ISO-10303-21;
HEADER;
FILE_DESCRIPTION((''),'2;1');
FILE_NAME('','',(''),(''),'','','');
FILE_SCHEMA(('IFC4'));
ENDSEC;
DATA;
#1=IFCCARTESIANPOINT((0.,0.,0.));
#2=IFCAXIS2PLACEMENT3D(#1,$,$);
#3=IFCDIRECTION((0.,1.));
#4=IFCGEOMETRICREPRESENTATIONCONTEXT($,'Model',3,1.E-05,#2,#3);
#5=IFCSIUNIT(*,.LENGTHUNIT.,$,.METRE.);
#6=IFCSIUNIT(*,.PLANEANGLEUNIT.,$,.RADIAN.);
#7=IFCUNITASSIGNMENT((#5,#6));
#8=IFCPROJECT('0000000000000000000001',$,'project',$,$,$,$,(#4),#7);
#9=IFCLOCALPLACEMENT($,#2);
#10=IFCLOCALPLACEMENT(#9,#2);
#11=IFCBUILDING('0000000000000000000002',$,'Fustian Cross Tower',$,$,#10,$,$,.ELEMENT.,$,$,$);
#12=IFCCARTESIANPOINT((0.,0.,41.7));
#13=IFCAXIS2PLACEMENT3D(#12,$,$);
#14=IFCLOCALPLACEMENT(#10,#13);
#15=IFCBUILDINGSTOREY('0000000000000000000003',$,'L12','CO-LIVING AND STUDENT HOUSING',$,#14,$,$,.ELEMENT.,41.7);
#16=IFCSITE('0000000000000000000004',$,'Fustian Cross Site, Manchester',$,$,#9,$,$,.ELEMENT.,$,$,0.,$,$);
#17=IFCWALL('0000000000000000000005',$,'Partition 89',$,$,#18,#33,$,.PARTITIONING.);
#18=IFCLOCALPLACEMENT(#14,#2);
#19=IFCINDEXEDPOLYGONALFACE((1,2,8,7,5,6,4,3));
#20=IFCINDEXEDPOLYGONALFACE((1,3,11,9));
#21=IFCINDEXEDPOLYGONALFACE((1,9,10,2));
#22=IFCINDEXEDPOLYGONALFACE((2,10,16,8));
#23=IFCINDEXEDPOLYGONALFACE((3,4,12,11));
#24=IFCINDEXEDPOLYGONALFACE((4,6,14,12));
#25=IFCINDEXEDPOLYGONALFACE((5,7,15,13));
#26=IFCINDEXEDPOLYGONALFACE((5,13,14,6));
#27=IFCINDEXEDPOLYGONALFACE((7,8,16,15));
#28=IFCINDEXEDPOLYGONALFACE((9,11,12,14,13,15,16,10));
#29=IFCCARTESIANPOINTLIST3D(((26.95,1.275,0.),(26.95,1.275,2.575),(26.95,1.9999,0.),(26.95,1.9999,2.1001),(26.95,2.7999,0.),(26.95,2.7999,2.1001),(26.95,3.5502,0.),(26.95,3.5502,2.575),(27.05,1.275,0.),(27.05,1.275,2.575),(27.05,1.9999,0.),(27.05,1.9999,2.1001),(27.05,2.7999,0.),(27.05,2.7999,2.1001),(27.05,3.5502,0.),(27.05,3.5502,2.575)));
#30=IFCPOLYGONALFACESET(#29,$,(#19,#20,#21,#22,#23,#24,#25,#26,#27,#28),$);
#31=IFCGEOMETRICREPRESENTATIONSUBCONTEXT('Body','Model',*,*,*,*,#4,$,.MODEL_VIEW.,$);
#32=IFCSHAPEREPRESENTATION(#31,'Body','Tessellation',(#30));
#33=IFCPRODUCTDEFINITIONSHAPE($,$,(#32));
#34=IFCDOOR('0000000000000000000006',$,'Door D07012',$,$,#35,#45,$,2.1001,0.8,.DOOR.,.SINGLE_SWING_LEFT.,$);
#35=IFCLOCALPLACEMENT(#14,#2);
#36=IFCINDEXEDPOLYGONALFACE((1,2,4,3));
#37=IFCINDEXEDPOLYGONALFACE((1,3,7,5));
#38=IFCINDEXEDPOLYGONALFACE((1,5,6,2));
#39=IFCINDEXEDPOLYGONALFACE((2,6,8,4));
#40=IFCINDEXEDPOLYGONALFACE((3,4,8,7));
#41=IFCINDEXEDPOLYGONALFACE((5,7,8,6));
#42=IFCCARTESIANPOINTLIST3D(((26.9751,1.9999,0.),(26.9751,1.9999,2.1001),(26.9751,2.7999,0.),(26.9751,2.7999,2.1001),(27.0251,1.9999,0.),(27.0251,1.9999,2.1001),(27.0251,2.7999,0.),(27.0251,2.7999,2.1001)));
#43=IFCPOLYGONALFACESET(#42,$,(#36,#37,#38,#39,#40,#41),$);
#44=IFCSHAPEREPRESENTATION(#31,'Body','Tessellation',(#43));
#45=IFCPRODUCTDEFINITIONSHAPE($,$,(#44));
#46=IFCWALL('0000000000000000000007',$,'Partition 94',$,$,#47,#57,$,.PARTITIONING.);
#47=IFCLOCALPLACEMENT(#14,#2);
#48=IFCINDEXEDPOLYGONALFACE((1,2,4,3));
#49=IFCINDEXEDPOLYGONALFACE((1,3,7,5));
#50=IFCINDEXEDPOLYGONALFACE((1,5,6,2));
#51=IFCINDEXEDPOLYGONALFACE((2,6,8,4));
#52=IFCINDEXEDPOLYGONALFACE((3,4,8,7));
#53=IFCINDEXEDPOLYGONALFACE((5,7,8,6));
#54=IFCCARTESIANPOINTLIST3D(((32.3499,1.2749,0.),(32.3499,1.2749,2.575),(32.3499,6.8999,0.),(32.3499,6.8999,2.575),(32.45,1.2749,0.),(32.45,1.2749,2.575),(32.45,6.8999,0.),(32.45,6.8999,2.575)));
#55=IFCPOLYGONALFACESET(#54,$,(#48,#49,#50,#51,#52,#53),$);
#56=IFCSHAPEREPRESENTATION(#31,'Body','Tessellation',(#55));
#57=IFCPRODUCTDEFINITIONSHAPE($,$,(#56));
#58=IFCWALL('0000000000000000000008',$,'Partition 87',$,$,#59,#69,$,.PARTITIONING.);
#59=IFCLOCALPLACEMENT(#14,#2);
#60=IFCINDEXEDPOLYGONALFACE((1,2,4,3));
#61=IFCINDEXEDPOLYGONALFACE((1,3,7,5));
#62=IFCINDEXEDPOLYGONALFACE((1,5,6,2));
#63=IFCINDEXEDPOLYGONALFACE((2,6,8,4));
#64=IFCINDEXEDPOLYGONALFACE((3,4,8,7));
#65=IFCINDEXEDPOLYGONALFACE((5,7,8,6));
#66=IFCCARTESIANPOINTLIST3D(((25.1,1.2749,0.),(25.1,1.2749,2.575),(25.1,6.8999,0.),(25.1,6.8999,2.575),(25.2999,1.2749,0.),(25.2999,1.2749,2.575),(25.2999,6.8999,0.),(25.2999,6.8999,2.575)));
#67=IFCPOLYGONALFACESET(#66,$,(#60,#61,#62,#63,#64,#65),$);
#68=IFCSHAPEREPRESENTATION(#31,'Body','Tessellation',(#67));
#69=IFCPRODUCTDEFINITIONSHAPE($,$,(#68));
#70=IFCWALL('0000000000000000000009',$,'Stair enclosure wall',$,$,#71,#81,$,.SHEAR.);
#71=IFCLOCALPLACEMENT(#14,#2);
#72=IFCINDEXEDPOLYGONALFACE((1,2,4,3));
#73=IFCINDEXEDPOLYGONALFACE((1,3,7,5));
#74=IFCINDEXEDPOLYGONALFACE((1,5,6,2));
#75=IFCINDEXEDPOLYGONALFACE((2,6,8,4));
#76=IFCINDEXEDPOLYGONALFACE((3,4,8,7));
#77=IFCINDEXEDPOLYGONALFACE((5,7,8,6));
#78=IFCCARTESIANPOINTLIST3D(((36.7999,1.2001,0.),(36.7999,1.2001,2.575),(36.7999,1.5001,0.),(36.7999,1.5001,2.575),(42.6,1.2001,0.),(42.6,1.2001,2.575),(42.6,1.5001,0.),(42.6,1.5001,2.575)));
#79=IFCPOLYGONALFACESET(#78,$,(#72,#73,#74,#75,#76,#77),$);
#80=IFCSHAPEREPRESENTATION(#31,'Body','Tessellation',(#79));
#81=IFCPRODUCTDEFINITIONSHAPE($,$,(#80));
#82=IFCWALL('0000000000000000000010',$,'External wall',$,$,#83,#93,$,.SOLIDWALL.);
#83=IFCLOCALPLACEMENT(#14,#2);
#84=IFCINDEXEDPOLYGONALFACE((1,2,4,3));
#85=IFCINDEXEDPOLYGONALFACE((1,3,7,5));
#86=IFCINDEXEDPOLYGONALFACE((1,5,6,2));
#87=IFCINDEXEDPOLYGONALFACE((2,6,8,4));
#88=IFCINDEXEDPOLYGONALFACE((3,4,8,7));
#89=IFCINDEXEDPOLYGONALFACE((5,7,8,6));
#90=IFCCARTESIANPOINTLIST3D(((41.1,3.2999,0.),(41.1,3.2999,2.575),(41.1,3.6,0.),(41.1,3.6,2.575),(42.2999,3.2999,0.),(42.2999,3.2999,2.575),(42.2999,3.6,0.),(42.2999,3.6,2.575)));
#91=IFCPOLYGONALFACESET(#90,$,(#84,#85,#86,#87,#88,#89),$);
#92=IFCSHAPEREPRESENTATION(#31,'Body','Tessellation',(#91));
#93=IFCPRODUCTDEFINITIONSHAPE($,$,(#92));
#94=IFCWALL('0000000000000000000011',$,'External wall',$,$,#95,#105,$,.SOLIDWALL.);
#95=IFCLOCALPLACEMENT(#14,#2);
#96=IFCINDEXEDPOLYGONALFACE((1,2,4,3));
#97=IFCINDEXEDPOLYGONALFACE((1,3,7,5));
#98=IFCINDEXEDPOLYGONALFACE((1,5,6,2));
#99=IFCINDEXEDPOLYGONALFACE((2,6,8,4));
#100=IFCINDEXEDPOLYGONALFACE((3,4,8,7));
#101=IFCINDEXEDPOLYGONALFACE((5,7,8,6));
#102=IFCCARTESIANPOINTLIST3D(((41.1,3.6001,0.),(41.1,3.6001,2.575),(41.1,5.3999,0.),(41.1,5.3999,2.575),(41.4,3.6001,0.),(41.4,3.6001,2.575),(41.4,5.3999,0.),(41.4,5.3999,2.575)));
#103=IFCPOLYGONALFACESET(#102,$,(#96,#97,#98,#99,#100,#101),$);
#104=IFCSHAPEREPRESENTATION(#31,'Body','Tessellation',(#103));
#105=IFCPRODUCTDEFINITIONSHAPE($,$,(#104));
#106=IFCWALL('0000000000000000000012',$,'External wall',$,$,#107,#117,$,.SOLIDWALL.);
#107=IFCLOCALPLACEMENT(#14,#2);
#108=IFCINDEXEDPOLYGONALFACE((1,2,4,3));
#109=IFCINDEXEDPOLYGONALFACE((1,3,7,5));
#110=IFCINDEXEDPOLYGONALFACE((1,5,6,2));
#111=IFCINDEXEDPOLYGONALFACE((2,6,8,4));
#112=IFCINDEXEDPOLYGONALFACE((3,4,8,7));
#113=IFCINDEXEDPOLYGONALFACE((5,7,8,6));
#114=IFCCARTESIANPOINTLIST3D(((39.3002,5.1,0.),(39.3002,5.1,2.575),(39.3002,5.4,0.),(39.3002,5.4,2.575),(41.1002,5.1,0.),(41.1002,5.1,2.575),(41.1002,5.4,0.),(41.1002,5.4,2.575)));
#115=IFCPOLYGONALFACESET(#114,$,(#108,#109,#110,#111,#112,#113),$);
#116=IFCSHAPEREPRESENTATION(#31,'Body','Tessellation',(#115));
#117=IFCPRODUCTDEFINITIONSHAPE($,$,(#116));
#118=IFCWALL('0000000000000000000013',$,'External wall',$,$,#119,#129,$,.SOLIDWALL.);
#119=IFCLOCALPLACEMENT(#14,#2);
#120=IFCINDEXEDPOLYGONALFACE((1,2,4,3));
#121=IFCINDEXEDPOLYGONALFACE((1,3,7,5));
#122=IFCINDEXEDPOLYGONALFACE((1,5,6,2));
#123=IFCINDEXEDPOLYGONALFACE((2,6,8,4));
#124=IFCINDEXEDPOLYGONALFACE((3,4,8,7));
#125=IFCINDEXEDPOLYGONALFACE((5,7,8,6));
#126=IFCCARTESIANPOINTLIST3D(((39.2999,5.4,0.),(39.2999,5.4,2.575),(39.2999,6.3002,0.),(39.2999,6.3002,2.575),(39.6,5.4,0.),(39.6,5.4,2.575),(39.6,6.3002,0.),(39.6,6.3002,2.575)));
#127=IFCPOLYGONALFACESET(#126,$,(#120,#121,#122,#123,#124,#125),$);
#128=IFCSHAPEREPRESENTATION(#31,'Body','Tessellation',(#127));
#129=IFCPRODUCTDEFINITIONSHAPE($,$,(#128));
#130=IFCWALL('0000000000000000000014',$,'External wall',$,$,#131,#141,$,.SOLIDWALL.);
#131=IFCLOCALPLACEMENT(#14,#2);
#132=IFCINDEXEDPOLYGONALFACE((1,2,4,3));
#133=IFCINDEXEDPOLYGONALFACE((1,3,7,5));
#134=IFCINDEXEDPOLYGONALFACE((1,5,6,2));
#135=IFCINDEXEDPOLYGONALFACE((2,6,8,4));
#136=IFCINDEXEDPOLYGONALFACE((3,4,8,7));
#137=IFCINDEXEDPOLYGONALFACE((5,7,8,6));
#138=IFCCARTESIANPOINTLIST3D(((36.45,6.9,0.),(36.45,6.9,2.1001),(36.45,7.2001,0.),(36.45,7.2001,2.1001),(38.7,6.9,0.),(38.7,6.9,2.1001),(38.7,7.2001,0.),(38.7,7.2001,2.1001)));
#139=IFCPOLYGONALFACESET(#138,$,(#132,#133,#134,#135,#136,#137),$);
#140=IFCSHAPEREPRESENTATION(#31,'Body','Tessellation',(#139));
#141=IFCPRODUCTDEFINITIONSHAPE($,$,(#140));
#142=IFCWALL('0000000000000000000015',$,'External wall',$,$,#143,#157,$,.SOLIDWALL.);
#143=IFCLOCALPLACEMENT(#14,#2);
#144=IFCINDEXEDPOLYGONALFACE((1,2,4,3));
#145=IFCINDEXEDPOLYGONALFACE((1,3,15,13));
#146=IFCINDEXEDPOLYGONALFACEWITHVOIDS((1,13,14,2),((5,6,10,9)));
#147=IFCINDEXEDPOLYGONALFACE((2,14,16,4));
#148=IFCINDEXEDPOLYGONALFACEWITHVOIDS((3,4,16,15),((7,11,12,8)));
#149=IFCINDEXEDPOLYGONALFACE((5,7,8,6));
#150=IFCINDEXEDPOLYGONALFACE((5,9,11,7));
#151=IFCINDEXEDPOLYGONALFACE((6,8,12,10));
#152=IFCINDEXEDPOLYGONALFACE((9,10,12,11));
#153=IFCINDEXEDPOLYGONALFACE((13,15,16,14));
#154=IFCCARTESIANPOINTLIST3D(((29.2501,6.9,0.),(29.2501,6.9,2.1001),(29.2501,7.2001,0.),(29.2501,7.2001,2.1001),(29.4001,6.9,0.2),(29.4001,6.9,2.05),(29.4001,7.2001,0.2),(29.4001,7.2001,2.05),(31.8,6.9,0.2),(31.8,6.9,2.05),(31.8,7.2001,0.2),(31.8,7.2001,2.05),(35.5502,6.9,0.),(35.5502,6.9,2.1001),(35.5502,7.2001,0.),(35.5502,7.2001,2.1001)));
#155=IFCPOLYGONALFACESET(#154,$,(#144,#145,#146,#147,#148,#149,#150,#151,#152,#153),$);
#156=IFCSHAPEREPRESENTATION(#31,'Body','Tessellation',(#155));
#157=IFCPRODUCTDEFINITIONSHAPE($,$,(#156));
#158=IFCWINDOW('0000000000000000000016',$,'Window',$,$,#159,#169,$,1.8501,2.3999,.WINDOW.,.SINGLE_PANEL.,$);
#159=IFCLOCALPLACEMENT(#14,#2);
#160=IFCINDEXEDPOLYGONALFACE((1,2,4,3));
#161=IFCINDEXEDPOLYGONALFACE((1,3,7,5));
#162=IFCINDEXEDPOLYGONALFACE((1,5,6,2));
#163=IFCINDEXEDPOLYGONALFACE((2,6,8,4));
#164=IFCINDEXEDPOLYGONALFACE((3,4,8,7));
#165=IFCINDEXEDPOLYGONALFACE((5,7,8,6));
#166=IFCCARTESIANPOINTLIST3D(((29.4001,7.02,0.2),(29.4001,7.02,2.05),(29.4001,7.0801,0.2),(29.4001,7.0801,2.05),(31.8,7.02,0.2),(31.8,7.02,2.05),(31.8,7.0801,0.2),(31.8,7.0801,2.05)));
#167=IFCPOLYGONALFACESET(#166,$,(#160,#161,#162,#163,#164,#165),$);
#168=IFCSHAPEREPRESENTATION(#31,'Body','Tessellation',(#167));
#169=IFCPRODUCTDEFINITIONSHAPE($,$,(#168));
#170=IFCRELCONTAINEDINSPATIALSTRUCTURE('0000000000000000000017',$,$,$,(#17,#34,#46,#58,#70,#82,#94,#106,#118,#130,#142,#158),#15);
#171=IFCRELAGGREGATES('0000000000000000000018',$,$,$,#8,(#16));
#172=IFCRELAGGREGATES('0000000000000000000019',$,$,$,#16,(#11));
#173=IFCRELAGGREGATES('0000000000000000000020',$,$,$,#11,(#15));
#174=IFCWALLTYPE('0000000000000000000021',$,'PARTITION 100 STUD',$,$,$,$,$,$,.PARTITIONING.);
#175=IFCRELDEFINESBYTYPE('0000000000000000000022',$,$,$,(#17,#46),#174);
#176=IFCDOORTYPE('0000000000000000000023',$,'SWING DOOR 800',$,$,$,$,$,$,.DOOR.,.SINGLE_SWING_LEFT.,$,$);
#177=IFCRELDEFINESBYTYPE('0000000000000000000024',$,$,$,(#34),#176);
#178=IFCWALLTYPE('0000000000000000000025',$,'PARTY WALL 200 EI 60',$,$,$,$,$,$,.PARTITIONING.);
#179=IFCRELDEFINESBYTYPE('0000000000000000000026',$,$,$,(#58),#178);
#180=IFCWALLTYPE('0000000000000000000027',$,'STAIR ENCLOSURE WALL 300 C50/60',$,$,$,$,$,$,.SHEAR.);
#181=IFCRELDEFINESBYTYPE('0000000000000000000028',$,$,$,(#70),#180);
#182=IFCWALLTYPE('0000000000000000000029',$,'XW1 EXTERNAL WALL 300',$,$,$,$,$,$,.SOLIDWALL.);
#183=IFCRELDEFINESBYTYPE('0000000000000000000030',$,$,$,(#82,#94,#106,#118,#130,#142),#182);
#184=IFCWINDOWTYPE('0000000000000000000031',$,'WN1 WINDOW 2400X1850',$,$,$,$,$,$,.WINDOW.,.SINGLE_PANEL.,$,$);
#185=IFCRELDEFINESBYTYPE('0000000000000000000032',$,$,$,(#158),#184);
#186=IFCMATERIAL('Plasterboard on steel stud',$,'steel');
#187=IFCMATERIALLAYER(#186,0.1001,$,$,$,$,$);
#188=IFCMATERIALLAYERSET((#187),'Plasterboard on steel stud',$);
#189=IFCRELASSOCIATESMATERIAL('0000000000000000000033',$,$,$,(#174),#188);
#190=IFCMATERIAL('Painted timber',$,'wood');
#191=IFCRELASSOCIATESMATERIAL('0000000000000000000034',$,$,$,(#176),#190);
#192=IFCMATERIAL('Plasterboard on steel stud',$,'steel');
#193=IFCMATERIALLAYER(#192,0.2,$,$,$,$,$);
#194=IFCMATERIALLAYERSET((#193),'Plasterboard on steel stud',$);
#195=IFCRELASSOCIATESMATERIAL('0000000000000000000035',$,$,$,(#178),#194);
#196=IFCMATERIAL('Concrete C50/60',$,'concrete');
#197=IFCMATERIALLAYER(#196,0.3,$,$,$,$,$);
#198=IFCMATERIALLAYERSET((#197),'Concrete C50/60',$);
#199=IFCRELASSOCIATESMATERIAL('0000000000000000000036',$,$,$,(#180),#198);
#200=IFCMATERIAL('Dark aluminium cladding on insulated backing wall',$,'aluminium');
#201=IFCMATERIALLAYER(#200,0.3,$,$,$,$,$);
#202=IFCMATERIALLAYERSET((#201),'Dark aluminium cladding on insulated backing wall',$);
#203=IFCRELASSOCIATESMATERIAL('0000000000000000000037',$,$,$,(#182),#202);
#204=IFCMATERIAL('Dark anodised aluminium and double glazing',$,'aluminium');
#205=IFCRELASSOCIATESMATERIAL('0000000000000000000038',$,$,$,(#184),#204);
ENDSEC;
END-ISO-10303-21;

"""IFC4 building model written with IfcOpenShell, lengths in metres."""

from ifc_helpers import new_model, si_unit, direction, frame, frame_2d, origin, place, context, subcontext, project, spatial, rectangle, extrude, material, layer, layer_set, type_object, element, fill, save


model = new_model("IFC4")

# Units and contexts
model_context = context("Model", 3, precision=1e-05, world=origin(), true_north=direction((0.0, 1.0)))
body_context = subcontext(model_context, "Body", "Model", "MODEL_VIEW")
ifc_project = project(units=[si_unit("LENGTHUNIT", "METRE"), si_unit("PLANEANGLEUNIT", "RADIAN")], contexts=[model_context])

# Site, building, storey
site_placement = place(None, origin())
site = spatial("IfcSite", under=ifc_project, at=site_placement, Name="Fustian Cross Site, Manchester", CompositionType="ELEMENT", RefElevation=0.0)
building_placement = place(site_placement, origin())
building = spatial("IfcBuilding", under=site, at=building_placement, Name="Fustian Cross Tower", CompositionType="ELEMENT")
storey_placement = place(building_placement, frame((0.0, 0.0, 41.7)))
storey = spatial("IfcBuildingStorey", under=building, at=storey_placement, Name="L12", Description="CO-LIVING AND STUDENT HOUSING", CompositionType="ELEMENT", Elevation=41.7)

# Shared definitions
ifc_material_1 = material(Name="Plasterboard on steel stud", Category="steel")
ifc_layer_1 = layer(ifc_material_1, 0.1001)
ifc_layer_set_1 = layer_set([ifc_layer_1], Name="Plasterboard on steel stud")
wall_type_1 = type_object("IfcWallType", Name="PARTITION 100 STUD", PredefinedType="PARTITIONING", material=ifc_layer_set_1)

# Shared definitions
ifc_material_2 = material(Name="Painted timber", Category="wood")
door_type = type_object("IfcDoorType", Name="SWING DOOR 800", OperationType="SINGLE_SWING_LEFT", PredefinedType="DOOR", material=ifc_material_2)

# Wall, opening, door
wall_1_placement = place(storey_placement, frame((27.0, 1.2749, 0.0), z_axis=(0.0, 0.0, 1.0), x_axis=(0.0, 1.0, 0.0)))
wall_1 = element("IfcWall", 1, at=wall_1_placement, inside=storey, type_object=wall_type_1, Name="Partition 89", PredefinedType="PARTITIONING", context=body_context, shape_type="SweptSolid", body=[
    extrude(rectangle(XDim=2.2751, YDim=0.1001, at=frame_2d((1.1377, 0.0))), origin(), (0.0, 0.0, 1.0), 2.575),
])
opening_1_placement = place(wall_1_placement, frame((0.7251, 0.0, 0.0)))
opening_1 = element("IfcOpeningElement", 2, at=opening_1_placement, cuts=wall_1, PredefinedType="OPENING", context=body_context, shape_type="SweptSolid", body=[
    extrude(rectangle(XDim=0.8, YDim=2.1001, at=frame_2d((0.3999, 1.05))), frame((0.0, 0.0601, 0.0), z_axis=(0.0, -1.0, 0.0), x_axis=(1.0, 0.0, 0.0)), (0.0, 0.0, 1.0), 0.1201),
])
door_1_placement = place(opening_1_placement, origin())
door_1 = element("IfcDoor", 3, at=door_1_placement, inside=storey, type_object=door_type, Name="Door D07012", OperationType="SINGLE_SWING_LEFT", OverallHeight=2.1001, OverallWidth=0.8, PredefinedType="DOOR", context=body_context, shape_type="SweptSolid", body=[
    extrude(rectangle(XDim=0.8, YDim=2.1001, at=frame_2d((0.3999, 1.05))), frame((0.0, 0.0249, 0.0), z_axis=(0.0, -1.0, 0.0), x_axis=(1.0, 0.0, 0.0)), (0.0, 0.0, 1.0), 0.05),
])
fill(opening_1, door_1)

# Walls
wall_2_placement = place(storey_placement, frame((32.3999, 1.2749, 0.0), z_axis=(0.0, 0.0, 1.0), x_axis=(0.0, 1.0, 0.0)))
element("IfcWall", 4, at=wall_2_placement, inside=storey, type_object=wall_type_1, Name="Partition 94", PredefinedType="PARTITIONING", context=body_context, shape_type="SweptSolid", body=[
    extrude(rectangle(XDim=5.625, YDim=0.1001, at=frame_2d((2.8125, 0.0))), origin(), (0.0, 0.0, 1.0), 2.575),
])
ifc_material_3 = material(Name="Plasterboard on steel stud", Category="steel")
ifc_layer_2 = layer(ifc_material_3, 0.2)
ifc_layer_set_2 = layer_set([ifc_layer_2], Name="Plasterboard on steel stud")
wall_type_2 = type_object("IfcWallType", Name="PARTY WALL 200 EI 60", PredefinedType="PARTITIONING", material=ifc_layer_set_2)
wall_3_placement = place(storey_placement, frame((25.2, 1.2749, 0.0), z_axis=(0.0, 0.0, 1.0), x_axis=(0.0, 1.0, 0.0)))
element("IfcWall", 5, at=wall_3_placement, inside=storey, type_object=wall_type_2, Name="Partition 87", PredefinedType="PARTITIONING", context=body_context, shape_type="SweptSolid", body=[
    extrude(rectangle(XDim=5.625, YDim=0.2, at=frame_2d((2.8125, 0.0))), origin(), (0.0, 0.0, 1.0), 2.575),
])
ifc_material_4 = material(Name="Concrete C50/60", Category="concrete")
ifc_layer_3 = layer(ifc_material_4, 0.3)
ifc_layer_set_3 = layer_set([ifc_layer_3], Name="Concrete C50/60")
wall_type_3 = type_object("IfcWallType", Name="STAIR ENCLOSURE WALL 300 C50/60", PredefinedType="SHEAR", material=ifc_layer_set_3)
wall_4_placement = place(storey_placement, frame((36.8, 1.3501, 0.0), z_axis=(0.0, 0.0, 1.0), x_axis=(1.0, 0.0, 0.0)))
element("IfcWall", 6, at=wall_4_placement, inside=storey, type_object=wall_type_3, Name="Stair enclosure wall", PredefinedType="SHEAR", context=body_context, shape_type="SweptSolid", body=[
    extrude(rectangle(XDim=5.8, YDim=0.3, at=frame_2d((2.8999, 0.0))), origin(), (0.0, 0.0, 1.0), 2.575),
])
ifc_material_5 = material(Name="Dark aluminium cladding on insulated backing wall", Category="aluminium")
ifc_layer_4 = layer(ifc_material_5, 0.3)
ifc_layer_set_4 = layer_set([ifc_layer_4], Name="Dark aluminium cladding on insulated backing wall")
wall_type_4 = type_object("IfcWallType", Name="XW1 EXTERNAL WALL 300", PredefinedType="SOLIDWALL", material=ifc_layer_set_4)
wall_5_placement = place(storey_placement, frame((42.3, 3.45, 0.0), z_axis=(0.0, 0.0, 1.0), x_axis=(-1.0, 0.0, 0.0)))
element("IfcWall", 7, at=wall_5_placement, inside=storey, type_object=wall_type_4, Name="External wall", PredefinedType="SOLIDWALL", context=body_context, shape_type="SweptSolid", body=[
    extrude(rectangle(XDim=1.2, YDim=0.3, at=frame_2d((0.6001, 0.0))), origin(), (0.0, 0.0, 1.0), 2.575),
])
wall_6_placement = place(storey_placement, frame((41.25, 3.6001, 0.0), z_axis=(0.0, 0.0, 1.0), x_axis=(0.0, 1.0, 0.0)))
element("IfcWall", 8, at=wall_6_placement, inside=storey, type_object=wall_type_4, Name="External wall", PredefinedType="SOLIDWALL", context=body_context, shape_type="SweptSolid", body=[
    extrude(rectangle(XDim=1.7998, YDim=0.3, at=frame_2d((0.8999, 0.0))), origin(), (0.0, 0.0, 1.0), 2.575),
])
wall_7_placement = place(storey_placement, frame((41.1001, 5.25, 0.0), z_axis=(0.0, 0.0, 1.0), x_axis=(-1.0, 0.0, 0.0)))
element("IfcWall", 9, at=wall_7_placement, inside=storey, type_object=wall_type_4, Name="External wall", PredefinedType="SOLIDWALL", context=body_context, shape_type="SweptSolid", body=[
    extrude(rectangle(XDim=1.8, YDim=0.3, at=frame_2d((0.8999, 0.0))), origin(), (0.0, 0.0, 1.0), 2.575),
])
wall_8_placement = place(storey_placement, frame((39.45, 5.3999, 0.0), z_axis=(0.0, 0.0, 1.0), x_axis=(0.0, 1.0, 0.0)))
element("IfcWall", 10, at=wall_8_placement, inside=storey, type_object=wall_type_4, Name="External wall", PredefinedType="SOLIDWALL", context=body_context, shape_type="SweptSolid", body=[
    extrude(rectangle(XDim=0.9001, YDim=0.3, at=frame_2d((0.4502, 0.0))), origin(), (0.0, 0.0, 1.0), 2.575),
])
wall_9_placement = place(storey_placement, frame((38.7, 7.05, 0.0), z_axis=(0.0, 0.0, 1.0), x_axis=(-1.0, 0.0, 0.0)))
element("IfcWall", 11, at=wall_9_placement, inside=storey, type_object=wall_type_4, Name="External wall", PredefinedType="SOLIDWALL", context=body_context, shape_type="SweptSolid", body=[
    extrude(rectangle(XDim=2.25, YDim=0.3, at=frame_2d((1.125, 0.0))), origin(), (0.0, 0.0, 1.0), 2.1001),
])

# Wall, opening, window
wall_10_placement = place(storey_placement, frame((35.55, 7.05, 0.0), z_axis=(0.0, 0.0, 1.0), x_axis=(-1.0, 0.0, 0.0)))
wall_10 = element("IfcWall", 12, at=wall_10_placement, inside=storey, type_object=wall_type_4, Name="External wall", PredefinedType="SOLIDWALL", context=body_context, shape_type="SweptSolid", body=[
    extrude(rectangle(XDim=6.3, YDim=0.3, at=frame_2d((3.1499, 0.0))), origin(), (0.0, 0.0, 1.0), 2.1001),
])
opening_2_placement = place(wall_10_placement, frame((3.75, 0.0, 0.2)))
opening_2 = element("IfcOpeningElement", 13, at=opening_2_placement, cuts=wall_10, PredefinedType="OPENING", context=body_context, shape_type="SweptSolid", body=[
    extrude(rectangle(XDim=2.3999, YDim=1.8501, at=frame_2d((1.2, 0.925))), frame((0.0, 0.1599, 0.0), z_axis=(0.0, -1.0, 0.0), x_axis=(1.0, 0.0, 0.0)), (0.0, 0.0, 1.0), 0.3201),
])
ifc_material_6 = material(Name="Dark anodised aluminium and double glazing", Category="aluminium")
window_type_1 = type_object("IfcWindowType", Name="WN1 WINDOW 2400X1850", PartitioningType="SINGLE_PANEL", PredefinedType="WINDOW", material=ifc_material_6)
window_1_placement = place(opening_2_placement, origin())
window_1 = element("IfcWindow", 14, at=window_1_placement, inside=storey, type_object=window_type_1, Name="Window", OverallHeight=1.8501, OverallWidth=2.3999, PartitioningType="SINGLE_PANEL", PredefinedType="WINDOW", context=body_context, shape_type="SweptSolid", body=[
    extrude(rectangle(XDim=2.3999, YDim=1.8501, at=frame_2d((1.2, 0.925))), frame((0.0, 0.03, 0.0), z_axis=(0.0, -1.0, 0.0), x_axis=(1.0, 0.0, 0.0)), (0.0, 0.0, 1.0), 0.0601),
])
fill(opening_2, window_1)

save(model, "model.ifc")
